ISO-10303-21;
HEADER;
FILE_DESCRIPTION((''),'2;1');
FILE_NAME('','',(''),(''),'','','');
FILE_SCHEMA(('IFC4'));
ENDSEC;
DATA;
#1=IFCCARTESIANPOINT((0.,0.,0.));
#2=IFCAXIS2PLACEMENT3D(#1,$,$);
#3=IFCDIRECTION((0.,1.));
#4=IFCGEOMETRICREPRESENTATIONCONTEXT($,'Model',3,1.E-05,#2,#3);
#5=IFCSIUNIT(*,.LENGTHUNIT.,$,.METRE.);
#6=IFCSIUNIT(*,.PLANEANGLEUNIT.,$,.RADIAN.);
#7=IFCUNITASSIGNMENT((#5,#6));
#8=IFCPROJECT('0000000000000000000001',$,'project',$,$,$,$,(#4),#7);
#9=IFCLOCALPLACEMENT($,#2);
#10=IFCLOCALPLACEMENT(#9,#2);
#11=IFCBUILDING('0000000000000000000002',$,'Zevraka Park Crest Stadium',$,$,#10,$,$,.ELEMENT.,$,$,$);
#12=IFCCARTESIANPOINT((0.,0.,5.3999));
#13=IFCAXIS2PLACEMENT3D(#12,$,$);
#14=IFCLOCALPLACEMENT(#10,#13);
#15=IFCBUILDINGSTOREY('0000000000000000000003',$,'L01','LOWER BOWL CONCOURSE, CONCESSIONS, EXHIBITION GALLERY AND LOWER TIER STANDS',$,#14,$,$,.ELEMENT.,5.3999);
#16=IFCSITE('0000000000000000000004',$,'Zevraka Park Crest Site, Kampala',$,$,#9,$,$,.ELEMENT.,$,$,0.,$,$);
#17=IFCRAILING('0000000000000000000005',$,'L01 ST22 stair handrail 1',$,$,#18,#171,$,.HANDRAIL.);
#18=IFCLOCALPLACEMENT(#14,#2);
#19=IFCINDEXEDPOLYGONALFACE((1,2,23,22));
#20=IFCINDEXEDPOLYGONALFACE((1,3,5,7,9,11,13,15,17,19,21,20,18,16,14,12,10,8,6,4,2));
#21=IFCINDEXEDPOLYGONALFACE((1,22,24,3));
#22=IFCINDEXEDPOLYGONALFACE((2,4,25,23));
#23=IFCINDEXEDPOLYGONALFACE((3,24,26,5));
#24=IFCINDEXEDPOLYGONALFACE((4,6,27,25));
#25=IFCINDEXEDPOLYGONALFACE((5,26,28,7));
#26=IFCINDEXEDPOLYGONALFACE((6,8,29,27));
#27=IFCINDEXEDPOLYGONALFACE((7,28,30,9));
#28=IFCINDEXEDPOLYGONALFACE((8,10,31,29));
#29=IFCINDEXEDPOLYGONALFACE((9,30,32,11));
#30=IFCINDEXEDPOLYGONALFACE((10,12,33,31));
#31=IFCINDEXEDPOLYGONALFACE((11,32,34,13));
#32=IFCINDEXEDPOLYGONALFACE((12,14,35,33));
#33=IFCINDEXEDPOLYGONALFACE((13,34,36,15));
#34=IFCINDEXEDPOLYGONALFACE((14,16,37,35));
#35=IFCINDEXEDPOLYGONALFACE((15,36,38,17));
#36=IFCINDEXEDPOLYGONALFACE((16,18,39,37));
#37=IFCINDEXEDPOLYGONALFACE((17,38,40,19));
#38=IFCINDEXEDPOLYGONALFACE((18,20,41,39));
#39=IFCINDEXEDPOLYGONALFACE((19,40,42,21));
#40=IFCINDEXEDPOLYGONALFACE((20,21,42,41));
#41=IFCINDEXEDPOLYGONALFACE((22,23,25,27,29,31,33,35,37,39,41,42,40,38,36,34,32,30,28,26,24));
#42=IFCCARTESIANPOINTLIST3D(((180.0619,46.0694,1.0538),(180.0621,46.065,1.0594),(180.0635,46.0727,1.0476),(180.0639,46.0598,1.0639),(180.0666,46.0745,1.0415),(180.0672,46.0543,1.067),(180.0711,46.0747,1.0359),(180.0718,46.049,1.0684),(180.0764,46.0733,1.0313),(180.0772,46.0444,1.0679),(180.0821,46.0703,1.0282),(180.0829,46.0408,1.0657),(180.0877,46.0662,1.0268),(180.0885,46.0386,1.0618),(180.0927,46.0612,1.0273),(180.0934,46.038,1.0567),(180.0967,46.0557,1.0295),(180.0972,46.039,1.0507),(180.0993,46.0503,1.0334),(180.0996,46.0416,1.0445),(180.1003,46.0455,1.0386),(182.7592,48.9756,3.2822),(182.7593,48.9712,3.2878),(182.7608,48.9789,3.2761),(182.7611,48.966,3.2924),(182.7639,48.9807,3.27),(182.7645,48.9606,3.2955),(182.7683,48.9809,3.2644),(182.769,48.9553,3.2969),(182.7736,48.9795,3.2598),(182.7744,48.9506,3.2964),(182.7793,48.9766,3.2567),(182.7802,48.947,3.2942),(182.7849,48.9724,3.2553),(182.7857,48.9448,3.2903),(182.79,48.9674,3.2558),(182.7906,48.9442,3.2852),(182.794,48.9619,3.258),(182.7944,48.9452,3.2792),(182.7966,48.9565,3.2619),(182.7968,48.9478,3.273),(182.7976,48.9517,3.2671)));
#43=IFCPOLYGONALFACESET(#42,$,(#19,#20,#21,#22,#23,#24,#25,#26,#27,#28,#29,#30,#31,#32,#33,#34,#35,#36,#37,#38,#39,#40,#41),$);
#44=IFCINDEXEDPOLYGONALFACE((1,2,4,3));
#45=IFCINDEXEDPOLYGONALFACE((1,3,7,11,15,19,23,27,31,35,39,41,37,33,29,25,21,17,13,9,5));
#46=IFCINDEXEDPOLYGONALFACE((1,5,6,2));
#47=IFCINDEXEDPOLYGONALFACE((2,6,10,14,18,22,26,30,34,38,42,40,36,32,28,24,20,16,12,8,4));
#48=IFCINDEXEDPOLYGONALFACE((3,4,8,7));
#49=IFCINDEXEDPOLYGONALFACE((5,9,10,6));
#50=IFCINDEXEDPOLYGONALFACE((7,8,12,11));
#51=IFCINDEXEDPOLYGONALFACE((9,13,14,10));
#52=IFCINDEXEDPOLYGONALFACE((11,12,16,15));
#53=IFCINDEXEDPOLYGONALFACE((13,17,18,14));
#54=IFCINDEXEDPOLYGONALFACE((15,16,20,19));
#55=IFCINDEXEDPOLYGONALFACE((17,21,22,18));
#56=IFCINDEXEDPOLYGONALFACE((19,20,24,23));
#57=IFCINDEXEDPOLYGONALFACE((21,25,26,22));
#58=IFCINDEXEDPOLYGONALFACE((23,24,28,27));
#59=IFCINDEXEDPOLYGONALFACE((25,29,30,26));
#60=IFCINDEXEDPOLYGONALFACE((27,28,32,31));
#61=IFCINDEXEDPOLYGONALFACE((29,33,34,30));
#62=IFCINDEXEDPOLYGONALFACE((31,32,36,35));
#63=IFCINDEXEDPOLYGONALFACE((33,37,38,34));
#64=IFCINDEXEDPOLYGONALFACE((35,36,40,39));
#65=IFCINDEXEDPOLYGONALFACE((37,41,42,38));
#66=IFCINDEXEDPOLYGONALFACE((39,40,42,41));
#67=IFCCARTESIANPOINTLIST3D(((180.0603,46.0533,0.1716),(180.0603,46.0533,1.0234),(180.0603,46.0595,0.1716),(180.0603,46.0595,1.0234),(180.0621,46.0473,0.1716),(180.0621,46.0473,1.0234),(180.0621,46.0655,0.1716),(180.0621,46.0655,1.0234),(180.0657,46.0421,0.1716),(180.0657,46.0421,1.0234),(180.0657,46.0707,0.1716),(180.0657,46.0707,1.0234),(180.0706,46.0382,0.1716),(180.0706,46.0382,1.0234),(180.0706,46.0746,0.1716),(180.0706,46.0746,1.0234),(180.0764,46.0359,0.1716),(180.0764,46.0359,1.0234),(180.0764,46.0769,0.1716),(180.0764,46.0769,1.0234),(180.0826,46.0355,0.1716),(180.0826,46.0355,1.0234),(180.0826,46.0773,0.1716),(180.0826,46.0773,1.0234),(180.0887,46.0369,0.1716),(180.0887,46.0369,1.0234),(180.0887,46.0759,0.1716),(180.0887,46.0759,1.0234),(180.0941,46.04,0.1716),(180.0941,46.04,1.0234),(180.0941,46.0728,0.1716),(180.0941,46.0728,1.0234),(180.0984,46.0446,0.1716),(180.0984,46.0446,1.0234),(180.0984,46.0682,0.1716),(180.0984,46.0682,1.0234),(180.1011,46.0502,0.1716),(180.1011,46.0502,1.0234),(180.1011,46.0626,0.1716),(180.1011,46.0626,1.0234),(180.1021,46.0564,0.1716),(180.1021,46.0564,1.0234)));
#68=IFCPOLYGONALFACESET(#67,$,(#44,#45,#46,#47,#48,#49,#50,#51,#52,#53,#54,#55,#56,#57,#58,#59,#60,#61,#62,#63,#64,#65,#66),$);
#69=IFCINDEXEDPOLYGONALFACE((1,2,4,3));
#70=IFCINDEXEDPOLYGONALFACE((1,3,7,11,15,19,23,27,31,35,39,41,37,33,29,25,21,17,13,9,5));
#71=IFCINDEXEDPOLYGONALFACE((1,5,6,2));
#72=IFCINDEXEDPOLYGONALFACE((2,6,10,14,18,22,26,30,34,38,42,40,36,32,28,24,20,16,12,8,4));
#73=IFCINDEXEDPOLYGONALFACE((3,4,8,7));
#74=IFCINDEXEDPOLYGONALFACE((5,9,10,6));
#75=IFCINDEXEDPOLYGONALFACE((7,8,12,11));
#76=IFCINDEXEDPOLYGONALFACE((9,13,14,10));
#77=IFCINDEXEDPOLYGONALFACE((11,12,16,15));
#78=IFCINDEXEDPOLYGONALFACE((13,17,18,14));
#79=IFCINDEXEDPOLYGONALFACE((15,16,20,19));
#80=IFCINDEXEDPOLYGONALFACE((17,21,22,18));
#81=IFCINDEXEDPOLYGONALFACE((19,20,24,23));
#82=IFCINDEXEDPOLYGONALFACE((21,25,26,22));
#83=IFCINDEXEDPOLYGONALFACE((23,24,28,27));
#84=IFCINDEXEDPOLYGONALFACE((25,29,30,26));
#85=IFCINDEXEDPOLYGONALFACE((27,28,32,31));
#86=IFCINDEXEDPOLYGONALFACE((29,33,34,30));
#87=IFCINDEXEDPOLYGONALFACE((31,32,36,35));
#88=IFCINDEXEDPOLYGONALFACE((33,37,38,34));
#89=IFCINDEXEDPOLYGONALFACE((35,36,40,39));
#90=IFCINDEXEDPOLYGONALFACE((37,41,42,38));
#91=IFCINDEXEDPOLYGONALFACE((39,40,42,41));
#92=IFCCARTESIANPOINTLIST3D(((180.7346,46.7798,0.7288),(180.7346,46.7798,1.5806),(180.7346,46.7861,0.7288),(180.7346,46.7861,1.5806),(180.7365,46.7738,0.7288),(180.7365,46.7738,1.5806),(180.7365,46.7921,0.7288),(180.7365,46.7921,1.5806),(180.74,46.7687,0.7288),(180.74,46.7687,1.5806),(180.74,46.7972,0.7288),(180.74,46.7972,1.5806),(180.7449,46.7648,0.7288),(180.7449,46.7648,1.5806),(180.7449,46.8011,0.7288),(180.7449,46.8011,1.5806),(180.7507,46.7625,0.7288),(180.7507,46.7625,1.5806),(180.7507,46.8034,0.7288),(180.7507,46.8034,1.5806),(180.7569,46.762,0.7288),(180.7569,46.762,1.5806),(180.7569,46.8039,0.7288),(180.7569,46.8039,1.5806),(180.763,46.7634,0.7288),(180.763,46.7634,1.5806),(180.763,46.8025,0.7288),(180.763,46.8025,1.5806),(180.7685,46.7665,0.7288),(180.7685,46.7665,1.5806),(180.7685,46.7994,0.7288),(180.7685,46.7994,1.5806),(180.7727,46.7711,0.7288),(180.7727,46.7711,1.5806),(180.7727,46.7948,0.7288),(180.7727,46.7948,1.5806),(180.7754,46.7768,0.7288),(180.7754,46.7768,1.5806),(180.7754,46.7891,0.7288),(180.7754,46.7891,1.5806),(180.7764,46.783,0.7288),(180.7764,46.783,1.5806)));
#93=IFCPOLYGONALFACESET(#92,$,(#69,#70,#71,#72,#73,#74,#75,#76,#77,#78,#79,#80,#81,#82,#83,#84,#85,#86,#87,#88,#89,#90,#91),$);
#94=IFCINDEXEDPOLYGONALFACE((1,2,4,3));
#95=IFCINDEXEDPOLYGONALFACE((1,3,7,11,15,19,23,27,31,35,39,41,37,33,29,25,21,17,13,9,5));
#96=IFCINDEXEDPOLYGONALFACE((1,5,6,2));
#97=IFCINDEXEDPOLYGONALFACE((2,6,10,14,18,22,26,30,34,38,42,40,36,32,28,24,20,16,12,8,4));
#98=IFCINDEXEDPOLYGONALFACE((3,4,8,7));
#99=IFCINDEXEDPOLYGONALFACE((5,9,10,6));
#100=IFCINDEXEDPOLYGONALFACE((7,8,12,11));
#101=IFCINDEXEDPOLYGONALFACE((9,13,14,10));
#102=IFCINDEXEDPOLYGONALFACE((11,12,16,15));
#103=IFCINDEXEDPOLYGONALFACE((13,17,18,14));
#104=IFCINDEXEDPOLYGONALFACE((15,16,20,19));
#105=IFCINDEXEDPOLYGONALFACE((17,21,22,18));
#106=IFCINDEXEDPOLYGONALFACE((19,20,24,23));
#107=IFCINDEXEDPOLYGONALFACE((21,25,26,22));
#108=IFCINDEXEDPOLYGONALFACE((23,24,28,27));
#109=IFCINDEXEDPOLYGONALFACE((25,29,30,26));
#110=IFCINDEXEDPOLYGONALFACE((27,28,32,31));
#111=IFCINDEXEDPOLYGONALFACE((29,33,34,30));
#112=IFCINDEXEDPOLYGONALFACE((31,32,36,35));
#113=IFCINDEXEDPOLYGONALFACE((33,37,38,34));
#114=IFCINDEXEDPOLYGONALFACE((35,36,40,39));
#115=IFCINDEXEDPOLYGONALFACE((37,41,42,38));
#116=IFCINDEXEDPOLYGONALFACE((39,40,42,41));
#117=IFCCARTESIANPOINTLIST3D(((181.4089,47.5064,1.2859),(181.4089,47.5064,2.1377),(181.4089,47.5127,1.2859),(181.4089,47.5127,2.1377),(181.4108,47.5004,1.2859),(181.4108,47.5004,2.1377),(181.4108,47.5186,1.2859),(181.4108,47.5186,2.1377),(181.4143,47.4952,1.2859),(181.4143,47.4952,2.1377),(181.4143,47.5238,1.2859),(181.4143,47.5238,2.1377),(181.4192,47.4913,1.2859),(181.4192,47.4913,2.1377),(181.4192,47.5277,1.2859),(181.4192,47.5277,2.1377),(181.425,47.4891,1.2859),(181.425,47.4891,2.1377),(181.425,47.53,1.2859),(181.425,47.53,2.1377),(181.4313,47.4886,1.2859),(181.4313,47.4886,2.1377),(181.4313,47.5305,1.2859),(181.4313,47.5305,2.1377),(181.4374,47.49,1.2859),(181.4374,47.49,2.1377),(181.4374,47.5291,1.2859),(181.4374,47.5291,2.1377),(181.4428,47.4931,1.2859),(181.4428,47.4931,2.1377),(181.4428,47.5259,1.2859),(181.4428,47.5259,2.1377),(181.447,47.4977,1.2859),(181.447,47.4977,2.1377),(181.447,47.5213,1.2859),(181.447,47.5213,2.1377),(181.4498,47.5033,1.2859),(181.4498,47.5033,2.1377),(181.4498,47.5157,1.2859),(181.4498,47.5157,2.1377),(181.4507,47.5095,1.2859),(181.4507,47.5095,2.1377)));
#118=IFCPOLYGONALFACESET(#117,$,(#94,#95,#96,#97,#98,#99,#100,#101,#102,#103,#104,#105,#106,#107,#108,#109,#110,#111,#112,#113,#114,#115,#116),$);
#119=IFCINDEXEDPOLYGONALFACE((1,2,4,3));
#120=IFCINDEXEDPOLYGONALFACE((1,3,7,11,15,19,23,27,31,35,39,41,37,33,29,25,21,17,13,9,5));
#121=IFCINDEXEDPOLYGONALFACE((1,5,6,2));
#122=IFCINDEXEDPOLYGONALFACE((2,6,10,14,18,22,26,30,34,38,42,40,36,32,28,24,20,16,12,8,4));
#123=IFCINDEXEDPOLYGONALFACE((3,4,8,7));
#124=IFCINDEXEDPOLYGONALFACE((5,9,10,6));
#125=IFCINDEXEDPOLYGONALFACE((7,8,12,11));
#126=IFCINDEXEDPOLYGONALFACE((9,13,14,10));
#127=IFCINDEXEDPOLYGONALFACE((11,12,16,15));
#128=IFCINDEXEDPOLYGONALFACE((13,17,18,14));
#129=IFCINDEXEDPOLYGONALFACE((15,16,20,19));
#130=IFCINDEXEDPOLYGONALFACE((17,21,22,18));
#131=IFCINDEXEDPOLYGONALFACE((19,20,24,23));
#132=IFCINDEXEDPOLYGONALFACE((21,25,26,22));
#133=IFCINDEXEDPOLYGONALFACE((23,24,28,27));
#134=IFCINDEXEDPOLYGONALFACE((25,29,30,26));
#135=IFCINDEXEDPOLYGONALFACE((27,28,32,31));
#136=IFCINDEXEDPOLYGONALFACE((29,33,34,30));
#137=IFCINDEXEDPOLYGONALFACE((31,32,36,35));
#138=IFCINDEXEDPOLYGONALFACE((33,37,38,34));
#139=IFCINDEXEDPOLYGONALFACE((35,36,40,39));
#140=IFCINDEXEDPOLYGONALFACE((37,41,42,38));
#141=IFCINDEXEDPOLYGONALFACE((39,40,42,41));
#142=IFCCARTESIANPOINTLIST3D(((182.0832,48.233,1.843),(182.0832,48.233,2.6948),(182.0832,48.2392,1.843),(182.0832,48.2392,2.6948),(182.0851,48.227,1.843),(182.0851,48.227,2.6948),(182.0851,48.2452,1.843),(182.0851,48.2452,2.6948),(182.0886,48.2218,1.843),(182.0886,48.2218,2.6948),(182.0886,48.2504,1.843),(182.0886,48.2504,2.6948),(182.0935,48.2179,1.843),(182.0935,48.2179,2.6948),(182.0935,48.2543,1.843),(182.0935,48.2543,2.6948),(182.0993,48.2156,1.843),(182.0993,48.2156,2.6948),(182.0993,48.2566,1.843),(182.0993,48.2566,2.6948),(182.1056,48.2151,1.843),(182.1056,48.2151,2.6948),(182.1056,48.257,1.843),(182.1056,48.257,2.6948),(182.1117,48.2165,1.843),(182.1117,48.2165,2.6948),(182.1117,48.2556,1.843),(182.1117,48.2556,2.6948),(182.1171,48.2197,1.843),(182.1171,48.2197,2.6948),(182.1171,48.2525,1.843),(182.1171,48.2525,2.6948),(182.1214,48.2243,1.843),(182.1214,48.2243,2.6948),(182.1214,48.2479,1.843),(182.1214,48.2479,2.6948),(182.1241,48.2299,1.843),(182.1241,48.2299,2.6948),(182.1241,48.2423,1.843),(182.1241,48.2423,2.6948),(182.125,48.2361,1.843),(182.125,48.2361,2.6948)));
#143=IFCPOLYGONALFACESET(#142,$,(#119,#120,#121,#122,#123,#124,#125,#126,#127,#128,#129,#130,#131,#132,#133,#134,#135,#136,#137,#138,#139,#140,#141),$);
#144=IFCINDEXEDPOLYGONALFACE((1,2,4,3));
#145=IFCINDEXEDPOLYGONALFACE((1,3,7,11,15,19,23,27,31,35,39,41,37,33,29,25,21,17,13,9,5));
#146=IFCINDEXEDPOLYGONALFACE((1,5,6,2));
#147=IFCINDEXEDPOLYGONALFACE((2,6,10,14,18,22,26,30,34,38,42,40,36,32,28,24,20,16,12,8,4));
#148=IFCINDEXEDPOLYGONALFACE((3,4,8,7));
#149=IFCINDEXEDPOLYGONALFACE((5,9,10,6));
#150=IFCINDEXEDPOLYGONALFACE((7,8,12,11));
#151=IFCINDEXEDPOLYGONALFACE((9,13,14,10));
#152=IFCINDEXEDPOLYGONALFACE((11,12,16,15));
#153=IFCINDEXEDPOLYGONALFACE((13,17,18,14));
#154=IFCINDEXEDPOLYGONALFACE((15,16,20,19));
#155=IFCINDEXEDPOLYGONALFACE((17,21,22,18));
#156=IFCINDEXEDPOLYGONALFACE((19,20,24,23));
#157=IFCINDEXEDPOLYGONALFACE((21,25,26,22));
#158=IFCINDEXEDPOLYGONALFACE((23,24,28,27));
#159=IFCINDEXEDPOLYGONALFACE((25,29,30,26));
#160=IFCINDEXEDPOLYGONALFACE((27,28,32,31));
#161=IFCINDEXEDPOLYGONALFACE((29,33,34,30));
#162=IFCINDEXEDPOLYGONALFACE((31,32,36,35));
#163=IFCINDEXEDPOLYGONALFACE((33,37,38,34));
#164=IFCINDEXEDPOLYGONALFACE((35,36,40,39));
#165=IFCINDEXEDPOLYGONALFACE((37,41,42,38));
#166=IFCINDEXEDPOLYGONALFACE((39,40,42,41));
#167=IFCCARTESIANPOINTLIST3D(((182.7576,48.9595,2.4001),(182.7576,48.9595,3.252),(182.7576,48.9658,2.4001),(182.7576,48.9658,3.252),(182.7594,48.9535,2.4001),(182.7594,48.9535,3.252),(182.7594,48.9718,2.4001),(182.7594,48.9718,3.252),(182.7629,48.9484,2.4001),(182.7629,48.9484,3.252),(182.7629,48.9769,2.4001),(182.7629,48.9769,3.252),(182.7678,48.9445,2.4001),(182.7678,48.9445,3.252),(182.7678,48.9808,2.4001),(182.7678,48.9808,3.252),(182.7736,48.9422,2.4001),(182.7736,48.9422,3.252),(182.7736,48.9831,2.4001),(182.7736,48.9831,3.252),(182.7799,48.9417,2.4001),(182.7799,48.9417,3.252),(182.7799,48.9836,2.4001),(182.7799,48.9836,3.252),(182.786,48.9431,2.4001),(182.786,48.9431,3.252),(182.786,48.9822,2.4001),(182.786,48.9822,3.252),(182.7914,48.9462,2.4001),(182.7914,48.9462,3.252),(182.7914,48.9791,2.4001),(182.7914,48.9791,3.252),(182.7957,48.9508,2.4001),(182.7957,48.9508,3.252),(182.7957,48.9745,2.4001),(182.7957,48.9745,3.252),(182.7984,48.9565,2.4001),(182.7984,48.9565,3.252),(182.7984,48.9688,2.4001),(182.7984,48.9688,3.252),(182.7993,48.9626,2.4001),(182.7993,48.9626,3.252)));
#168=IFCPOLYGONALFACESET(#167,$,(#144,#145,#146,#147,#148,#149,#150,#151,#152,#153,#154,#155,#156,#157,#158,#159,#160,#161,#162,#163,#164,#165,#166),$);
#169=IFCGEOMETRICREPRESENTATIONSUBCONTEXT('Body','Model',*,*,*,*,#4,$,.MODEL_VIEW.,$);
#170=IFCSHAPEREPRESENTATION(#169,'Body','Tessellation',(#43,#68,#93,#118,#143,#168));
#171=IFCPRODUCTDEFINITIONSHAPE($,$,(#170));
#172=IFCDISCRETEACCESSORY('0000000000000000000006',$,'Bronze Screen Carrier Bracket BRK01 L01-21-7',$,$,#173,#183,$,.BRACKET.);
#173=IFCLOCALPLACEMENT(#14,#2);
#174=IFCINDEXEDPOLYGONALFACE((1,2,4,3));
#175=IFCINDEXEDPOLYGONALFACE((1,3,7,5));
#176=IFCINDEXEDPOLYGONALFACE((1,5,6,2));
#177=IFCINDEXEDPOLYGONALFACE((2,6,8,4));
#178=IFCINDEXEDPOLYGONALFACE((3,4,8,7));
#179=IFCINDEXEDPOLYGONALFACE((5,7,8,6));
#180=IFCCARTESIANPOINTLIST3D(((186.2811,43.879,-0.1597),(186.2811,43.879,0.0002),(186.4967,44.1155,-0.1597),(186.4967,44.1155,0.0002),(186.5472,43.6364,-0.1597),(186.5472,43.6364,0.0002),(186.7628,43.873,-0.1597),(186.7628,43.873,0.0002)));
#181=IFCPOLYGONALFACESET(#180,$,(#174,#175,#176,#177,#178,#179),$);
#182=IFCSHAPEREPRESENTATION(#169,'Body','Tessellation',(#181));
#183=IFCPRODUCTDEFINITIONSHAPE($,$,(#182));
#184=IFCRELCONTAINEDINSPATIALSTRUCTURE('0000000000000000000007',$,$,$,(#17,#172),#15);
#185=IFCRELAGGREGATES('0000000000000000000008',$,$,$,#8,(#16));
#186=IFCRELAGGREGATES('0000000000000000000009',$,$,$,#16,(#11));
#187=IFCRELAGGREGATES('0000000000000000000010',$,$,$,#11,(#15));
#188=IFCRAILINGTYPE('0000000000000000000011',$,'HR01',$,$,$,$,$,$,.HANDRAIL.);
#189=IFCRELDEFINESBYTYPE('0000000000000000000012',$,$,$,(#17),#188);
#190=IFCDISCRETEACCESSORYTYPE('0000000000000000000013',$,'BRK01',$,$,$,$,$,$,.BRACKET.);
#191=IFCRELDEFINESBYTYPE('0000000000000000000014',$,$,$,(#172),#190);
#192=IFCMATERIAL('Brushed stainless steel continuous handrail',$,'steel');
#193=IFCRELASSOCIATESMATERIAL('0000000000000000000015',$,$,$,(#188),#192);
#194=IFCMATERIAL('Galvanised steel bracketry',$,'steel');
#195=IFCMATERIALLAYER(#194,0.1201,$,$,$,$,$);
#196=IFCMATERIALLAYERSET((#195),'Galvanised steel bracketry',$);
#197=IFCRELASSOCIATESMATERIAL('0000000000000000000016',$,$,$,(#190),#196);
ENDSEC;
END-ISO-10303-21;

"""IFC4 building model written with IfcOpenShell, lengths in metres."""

from ifc_helpers import new_model, si_unit, direction, frame, origin, origin_2d, place, context, subcontext, project, spatial, rectangle, circle, extrude, material, layer, layer_set, type_object, element, save


model = new_model("IFC4")

# Units and contexts
model_context = context("Model", 3, precision=1e-05, world=origin(), true_north=direction((0.0, 1.0)))
body_context = subcontext(model_context, "Body", "Model", "MODEL_VIEW")
ifc_project = project(units=[si_unit("LENGTHUNIT", "METRE"), si_unit("PLANEANGLEUNIT", "RADIAN")], contexts=[model_context])

# Site, building, storey
site_placement = place(None, origin())
site = spatial("IfcSite", under=ifc_project, at=site_placement, Name="Zevraka Park Crest Site, Kampala", CompositionType="ELEMENT", RefElevation=0.0)
building_placement = place(site_placement, origin())
building = spatial("IfcBuilding", under=site, at=building_placement, Name="Zevraka Park Crest Stadium", CompositionType="ELEMENT")
storey_placement = place(building_placement, frame((0.0, 0.0, 5.3999)))
storey = spatial("IfcBuildingStorey", under=building, at=storey_placement, Name="L01", Description="LOWER BOWL CONCOURSE, CONCESSIONS, EXHIBITION GALLERY AND LOWER TIER STANDS", CompositionType="ELEMENT", Elevation=5.3999)

# Railing
ifc_material_1 = material(Name="Brushed stainless steel continuous handrail", Category="steel")
railing_type_1 = type_object("IfcRailingType", Name="HR01", PredefinedType="HANDRAIL", material=ifc_material_1)
railing_1_placement = place(storey_placement, frame((180.0811, 46.0564, 0.1716)))
element("IfcRailing", 1, at=railing_1_placement, inside=storey, type_object=railing_type_1, Name="L01 ST22 stair handrail 1", PredefinedType="HANDRAIL", context=body_context, shape_type="SweptSolid", body=[
    extrude(circle(Radius=0.0239, at=origin_2d()), frame((0.0, 0.0, 0.876), z_axis=(0.593016, 0.638963, 0.489957), x_axis=(-0.732969, 0.680262, 0.0)), (0.0, 0.0, 1.0), 4.5483),
    extrude(circle(Radius=0.021, at=origin_2d()), origin(), (0.0, 0.0, 1.0), 0.8518),
    extrude(circle(Radius=0.021, at=origin_2d()), frame((0.6743, 0.7266, 0.5571)), (0.0, 0.0, 1.0), 0.8518),
    extrude(circle(Radius=0.021, at=origin_2d()), frame((1.3486, 1.4531, 1.1143)), (0.0, 0.0, 1.0), 0.8518),
    extrude(circle(Radius=0.021, at=origin_2d()), frame((2.0229, 2.1797, 1.6714)), (0.0, 0.0, 1.0), 0.8518),
    extrude(circle(Radius=0.021, at=origin_2d()), frame((2.6973, 2.9062, 2.2285)), (0.0, 0.0, 1.0), 0.8518),
])

# Discrete accessory
ifc_material_2 = material(Name="Galvanised steel bracketry", Category="steel")
ifc_layer_1 = layer(ifc_material_2, 0.1201)
ifc_layer_set_1 = layer_set([ifc_layer_1], Name="Galvanised steel bracketry")
discrete_accessory_type = type_object("IfcDiscreteAccessoryType", Name="BRK01", PredefinedType="BRACKET", material=ifc_layer_set_1)
discrete_accessory_placement = place(storey_placement, frame((186.522, 43.876, -0.1597), z_axis=(0.0, 0.0, 1.0), x_axis=(0.673658, 0.739043, 0.0)))
element("IfcDiscreteAccessory", 2, at=discrete_accessory_placement, inside=storey, type_object=discrete_accessory_type, Name="Bronze Screen Carrier Bracket BRK01 L01-21-7", PredefinedType="BRACKET", context=body_context, shape_type="SweptSolid", body=[
    extrude(rectangle(XDim=0.3201, YDim=0.3601, at=origin_2d()), origin(), (0.0, 0.0, 1.0), 0.1599),
])

save(model, "model.ifc")
